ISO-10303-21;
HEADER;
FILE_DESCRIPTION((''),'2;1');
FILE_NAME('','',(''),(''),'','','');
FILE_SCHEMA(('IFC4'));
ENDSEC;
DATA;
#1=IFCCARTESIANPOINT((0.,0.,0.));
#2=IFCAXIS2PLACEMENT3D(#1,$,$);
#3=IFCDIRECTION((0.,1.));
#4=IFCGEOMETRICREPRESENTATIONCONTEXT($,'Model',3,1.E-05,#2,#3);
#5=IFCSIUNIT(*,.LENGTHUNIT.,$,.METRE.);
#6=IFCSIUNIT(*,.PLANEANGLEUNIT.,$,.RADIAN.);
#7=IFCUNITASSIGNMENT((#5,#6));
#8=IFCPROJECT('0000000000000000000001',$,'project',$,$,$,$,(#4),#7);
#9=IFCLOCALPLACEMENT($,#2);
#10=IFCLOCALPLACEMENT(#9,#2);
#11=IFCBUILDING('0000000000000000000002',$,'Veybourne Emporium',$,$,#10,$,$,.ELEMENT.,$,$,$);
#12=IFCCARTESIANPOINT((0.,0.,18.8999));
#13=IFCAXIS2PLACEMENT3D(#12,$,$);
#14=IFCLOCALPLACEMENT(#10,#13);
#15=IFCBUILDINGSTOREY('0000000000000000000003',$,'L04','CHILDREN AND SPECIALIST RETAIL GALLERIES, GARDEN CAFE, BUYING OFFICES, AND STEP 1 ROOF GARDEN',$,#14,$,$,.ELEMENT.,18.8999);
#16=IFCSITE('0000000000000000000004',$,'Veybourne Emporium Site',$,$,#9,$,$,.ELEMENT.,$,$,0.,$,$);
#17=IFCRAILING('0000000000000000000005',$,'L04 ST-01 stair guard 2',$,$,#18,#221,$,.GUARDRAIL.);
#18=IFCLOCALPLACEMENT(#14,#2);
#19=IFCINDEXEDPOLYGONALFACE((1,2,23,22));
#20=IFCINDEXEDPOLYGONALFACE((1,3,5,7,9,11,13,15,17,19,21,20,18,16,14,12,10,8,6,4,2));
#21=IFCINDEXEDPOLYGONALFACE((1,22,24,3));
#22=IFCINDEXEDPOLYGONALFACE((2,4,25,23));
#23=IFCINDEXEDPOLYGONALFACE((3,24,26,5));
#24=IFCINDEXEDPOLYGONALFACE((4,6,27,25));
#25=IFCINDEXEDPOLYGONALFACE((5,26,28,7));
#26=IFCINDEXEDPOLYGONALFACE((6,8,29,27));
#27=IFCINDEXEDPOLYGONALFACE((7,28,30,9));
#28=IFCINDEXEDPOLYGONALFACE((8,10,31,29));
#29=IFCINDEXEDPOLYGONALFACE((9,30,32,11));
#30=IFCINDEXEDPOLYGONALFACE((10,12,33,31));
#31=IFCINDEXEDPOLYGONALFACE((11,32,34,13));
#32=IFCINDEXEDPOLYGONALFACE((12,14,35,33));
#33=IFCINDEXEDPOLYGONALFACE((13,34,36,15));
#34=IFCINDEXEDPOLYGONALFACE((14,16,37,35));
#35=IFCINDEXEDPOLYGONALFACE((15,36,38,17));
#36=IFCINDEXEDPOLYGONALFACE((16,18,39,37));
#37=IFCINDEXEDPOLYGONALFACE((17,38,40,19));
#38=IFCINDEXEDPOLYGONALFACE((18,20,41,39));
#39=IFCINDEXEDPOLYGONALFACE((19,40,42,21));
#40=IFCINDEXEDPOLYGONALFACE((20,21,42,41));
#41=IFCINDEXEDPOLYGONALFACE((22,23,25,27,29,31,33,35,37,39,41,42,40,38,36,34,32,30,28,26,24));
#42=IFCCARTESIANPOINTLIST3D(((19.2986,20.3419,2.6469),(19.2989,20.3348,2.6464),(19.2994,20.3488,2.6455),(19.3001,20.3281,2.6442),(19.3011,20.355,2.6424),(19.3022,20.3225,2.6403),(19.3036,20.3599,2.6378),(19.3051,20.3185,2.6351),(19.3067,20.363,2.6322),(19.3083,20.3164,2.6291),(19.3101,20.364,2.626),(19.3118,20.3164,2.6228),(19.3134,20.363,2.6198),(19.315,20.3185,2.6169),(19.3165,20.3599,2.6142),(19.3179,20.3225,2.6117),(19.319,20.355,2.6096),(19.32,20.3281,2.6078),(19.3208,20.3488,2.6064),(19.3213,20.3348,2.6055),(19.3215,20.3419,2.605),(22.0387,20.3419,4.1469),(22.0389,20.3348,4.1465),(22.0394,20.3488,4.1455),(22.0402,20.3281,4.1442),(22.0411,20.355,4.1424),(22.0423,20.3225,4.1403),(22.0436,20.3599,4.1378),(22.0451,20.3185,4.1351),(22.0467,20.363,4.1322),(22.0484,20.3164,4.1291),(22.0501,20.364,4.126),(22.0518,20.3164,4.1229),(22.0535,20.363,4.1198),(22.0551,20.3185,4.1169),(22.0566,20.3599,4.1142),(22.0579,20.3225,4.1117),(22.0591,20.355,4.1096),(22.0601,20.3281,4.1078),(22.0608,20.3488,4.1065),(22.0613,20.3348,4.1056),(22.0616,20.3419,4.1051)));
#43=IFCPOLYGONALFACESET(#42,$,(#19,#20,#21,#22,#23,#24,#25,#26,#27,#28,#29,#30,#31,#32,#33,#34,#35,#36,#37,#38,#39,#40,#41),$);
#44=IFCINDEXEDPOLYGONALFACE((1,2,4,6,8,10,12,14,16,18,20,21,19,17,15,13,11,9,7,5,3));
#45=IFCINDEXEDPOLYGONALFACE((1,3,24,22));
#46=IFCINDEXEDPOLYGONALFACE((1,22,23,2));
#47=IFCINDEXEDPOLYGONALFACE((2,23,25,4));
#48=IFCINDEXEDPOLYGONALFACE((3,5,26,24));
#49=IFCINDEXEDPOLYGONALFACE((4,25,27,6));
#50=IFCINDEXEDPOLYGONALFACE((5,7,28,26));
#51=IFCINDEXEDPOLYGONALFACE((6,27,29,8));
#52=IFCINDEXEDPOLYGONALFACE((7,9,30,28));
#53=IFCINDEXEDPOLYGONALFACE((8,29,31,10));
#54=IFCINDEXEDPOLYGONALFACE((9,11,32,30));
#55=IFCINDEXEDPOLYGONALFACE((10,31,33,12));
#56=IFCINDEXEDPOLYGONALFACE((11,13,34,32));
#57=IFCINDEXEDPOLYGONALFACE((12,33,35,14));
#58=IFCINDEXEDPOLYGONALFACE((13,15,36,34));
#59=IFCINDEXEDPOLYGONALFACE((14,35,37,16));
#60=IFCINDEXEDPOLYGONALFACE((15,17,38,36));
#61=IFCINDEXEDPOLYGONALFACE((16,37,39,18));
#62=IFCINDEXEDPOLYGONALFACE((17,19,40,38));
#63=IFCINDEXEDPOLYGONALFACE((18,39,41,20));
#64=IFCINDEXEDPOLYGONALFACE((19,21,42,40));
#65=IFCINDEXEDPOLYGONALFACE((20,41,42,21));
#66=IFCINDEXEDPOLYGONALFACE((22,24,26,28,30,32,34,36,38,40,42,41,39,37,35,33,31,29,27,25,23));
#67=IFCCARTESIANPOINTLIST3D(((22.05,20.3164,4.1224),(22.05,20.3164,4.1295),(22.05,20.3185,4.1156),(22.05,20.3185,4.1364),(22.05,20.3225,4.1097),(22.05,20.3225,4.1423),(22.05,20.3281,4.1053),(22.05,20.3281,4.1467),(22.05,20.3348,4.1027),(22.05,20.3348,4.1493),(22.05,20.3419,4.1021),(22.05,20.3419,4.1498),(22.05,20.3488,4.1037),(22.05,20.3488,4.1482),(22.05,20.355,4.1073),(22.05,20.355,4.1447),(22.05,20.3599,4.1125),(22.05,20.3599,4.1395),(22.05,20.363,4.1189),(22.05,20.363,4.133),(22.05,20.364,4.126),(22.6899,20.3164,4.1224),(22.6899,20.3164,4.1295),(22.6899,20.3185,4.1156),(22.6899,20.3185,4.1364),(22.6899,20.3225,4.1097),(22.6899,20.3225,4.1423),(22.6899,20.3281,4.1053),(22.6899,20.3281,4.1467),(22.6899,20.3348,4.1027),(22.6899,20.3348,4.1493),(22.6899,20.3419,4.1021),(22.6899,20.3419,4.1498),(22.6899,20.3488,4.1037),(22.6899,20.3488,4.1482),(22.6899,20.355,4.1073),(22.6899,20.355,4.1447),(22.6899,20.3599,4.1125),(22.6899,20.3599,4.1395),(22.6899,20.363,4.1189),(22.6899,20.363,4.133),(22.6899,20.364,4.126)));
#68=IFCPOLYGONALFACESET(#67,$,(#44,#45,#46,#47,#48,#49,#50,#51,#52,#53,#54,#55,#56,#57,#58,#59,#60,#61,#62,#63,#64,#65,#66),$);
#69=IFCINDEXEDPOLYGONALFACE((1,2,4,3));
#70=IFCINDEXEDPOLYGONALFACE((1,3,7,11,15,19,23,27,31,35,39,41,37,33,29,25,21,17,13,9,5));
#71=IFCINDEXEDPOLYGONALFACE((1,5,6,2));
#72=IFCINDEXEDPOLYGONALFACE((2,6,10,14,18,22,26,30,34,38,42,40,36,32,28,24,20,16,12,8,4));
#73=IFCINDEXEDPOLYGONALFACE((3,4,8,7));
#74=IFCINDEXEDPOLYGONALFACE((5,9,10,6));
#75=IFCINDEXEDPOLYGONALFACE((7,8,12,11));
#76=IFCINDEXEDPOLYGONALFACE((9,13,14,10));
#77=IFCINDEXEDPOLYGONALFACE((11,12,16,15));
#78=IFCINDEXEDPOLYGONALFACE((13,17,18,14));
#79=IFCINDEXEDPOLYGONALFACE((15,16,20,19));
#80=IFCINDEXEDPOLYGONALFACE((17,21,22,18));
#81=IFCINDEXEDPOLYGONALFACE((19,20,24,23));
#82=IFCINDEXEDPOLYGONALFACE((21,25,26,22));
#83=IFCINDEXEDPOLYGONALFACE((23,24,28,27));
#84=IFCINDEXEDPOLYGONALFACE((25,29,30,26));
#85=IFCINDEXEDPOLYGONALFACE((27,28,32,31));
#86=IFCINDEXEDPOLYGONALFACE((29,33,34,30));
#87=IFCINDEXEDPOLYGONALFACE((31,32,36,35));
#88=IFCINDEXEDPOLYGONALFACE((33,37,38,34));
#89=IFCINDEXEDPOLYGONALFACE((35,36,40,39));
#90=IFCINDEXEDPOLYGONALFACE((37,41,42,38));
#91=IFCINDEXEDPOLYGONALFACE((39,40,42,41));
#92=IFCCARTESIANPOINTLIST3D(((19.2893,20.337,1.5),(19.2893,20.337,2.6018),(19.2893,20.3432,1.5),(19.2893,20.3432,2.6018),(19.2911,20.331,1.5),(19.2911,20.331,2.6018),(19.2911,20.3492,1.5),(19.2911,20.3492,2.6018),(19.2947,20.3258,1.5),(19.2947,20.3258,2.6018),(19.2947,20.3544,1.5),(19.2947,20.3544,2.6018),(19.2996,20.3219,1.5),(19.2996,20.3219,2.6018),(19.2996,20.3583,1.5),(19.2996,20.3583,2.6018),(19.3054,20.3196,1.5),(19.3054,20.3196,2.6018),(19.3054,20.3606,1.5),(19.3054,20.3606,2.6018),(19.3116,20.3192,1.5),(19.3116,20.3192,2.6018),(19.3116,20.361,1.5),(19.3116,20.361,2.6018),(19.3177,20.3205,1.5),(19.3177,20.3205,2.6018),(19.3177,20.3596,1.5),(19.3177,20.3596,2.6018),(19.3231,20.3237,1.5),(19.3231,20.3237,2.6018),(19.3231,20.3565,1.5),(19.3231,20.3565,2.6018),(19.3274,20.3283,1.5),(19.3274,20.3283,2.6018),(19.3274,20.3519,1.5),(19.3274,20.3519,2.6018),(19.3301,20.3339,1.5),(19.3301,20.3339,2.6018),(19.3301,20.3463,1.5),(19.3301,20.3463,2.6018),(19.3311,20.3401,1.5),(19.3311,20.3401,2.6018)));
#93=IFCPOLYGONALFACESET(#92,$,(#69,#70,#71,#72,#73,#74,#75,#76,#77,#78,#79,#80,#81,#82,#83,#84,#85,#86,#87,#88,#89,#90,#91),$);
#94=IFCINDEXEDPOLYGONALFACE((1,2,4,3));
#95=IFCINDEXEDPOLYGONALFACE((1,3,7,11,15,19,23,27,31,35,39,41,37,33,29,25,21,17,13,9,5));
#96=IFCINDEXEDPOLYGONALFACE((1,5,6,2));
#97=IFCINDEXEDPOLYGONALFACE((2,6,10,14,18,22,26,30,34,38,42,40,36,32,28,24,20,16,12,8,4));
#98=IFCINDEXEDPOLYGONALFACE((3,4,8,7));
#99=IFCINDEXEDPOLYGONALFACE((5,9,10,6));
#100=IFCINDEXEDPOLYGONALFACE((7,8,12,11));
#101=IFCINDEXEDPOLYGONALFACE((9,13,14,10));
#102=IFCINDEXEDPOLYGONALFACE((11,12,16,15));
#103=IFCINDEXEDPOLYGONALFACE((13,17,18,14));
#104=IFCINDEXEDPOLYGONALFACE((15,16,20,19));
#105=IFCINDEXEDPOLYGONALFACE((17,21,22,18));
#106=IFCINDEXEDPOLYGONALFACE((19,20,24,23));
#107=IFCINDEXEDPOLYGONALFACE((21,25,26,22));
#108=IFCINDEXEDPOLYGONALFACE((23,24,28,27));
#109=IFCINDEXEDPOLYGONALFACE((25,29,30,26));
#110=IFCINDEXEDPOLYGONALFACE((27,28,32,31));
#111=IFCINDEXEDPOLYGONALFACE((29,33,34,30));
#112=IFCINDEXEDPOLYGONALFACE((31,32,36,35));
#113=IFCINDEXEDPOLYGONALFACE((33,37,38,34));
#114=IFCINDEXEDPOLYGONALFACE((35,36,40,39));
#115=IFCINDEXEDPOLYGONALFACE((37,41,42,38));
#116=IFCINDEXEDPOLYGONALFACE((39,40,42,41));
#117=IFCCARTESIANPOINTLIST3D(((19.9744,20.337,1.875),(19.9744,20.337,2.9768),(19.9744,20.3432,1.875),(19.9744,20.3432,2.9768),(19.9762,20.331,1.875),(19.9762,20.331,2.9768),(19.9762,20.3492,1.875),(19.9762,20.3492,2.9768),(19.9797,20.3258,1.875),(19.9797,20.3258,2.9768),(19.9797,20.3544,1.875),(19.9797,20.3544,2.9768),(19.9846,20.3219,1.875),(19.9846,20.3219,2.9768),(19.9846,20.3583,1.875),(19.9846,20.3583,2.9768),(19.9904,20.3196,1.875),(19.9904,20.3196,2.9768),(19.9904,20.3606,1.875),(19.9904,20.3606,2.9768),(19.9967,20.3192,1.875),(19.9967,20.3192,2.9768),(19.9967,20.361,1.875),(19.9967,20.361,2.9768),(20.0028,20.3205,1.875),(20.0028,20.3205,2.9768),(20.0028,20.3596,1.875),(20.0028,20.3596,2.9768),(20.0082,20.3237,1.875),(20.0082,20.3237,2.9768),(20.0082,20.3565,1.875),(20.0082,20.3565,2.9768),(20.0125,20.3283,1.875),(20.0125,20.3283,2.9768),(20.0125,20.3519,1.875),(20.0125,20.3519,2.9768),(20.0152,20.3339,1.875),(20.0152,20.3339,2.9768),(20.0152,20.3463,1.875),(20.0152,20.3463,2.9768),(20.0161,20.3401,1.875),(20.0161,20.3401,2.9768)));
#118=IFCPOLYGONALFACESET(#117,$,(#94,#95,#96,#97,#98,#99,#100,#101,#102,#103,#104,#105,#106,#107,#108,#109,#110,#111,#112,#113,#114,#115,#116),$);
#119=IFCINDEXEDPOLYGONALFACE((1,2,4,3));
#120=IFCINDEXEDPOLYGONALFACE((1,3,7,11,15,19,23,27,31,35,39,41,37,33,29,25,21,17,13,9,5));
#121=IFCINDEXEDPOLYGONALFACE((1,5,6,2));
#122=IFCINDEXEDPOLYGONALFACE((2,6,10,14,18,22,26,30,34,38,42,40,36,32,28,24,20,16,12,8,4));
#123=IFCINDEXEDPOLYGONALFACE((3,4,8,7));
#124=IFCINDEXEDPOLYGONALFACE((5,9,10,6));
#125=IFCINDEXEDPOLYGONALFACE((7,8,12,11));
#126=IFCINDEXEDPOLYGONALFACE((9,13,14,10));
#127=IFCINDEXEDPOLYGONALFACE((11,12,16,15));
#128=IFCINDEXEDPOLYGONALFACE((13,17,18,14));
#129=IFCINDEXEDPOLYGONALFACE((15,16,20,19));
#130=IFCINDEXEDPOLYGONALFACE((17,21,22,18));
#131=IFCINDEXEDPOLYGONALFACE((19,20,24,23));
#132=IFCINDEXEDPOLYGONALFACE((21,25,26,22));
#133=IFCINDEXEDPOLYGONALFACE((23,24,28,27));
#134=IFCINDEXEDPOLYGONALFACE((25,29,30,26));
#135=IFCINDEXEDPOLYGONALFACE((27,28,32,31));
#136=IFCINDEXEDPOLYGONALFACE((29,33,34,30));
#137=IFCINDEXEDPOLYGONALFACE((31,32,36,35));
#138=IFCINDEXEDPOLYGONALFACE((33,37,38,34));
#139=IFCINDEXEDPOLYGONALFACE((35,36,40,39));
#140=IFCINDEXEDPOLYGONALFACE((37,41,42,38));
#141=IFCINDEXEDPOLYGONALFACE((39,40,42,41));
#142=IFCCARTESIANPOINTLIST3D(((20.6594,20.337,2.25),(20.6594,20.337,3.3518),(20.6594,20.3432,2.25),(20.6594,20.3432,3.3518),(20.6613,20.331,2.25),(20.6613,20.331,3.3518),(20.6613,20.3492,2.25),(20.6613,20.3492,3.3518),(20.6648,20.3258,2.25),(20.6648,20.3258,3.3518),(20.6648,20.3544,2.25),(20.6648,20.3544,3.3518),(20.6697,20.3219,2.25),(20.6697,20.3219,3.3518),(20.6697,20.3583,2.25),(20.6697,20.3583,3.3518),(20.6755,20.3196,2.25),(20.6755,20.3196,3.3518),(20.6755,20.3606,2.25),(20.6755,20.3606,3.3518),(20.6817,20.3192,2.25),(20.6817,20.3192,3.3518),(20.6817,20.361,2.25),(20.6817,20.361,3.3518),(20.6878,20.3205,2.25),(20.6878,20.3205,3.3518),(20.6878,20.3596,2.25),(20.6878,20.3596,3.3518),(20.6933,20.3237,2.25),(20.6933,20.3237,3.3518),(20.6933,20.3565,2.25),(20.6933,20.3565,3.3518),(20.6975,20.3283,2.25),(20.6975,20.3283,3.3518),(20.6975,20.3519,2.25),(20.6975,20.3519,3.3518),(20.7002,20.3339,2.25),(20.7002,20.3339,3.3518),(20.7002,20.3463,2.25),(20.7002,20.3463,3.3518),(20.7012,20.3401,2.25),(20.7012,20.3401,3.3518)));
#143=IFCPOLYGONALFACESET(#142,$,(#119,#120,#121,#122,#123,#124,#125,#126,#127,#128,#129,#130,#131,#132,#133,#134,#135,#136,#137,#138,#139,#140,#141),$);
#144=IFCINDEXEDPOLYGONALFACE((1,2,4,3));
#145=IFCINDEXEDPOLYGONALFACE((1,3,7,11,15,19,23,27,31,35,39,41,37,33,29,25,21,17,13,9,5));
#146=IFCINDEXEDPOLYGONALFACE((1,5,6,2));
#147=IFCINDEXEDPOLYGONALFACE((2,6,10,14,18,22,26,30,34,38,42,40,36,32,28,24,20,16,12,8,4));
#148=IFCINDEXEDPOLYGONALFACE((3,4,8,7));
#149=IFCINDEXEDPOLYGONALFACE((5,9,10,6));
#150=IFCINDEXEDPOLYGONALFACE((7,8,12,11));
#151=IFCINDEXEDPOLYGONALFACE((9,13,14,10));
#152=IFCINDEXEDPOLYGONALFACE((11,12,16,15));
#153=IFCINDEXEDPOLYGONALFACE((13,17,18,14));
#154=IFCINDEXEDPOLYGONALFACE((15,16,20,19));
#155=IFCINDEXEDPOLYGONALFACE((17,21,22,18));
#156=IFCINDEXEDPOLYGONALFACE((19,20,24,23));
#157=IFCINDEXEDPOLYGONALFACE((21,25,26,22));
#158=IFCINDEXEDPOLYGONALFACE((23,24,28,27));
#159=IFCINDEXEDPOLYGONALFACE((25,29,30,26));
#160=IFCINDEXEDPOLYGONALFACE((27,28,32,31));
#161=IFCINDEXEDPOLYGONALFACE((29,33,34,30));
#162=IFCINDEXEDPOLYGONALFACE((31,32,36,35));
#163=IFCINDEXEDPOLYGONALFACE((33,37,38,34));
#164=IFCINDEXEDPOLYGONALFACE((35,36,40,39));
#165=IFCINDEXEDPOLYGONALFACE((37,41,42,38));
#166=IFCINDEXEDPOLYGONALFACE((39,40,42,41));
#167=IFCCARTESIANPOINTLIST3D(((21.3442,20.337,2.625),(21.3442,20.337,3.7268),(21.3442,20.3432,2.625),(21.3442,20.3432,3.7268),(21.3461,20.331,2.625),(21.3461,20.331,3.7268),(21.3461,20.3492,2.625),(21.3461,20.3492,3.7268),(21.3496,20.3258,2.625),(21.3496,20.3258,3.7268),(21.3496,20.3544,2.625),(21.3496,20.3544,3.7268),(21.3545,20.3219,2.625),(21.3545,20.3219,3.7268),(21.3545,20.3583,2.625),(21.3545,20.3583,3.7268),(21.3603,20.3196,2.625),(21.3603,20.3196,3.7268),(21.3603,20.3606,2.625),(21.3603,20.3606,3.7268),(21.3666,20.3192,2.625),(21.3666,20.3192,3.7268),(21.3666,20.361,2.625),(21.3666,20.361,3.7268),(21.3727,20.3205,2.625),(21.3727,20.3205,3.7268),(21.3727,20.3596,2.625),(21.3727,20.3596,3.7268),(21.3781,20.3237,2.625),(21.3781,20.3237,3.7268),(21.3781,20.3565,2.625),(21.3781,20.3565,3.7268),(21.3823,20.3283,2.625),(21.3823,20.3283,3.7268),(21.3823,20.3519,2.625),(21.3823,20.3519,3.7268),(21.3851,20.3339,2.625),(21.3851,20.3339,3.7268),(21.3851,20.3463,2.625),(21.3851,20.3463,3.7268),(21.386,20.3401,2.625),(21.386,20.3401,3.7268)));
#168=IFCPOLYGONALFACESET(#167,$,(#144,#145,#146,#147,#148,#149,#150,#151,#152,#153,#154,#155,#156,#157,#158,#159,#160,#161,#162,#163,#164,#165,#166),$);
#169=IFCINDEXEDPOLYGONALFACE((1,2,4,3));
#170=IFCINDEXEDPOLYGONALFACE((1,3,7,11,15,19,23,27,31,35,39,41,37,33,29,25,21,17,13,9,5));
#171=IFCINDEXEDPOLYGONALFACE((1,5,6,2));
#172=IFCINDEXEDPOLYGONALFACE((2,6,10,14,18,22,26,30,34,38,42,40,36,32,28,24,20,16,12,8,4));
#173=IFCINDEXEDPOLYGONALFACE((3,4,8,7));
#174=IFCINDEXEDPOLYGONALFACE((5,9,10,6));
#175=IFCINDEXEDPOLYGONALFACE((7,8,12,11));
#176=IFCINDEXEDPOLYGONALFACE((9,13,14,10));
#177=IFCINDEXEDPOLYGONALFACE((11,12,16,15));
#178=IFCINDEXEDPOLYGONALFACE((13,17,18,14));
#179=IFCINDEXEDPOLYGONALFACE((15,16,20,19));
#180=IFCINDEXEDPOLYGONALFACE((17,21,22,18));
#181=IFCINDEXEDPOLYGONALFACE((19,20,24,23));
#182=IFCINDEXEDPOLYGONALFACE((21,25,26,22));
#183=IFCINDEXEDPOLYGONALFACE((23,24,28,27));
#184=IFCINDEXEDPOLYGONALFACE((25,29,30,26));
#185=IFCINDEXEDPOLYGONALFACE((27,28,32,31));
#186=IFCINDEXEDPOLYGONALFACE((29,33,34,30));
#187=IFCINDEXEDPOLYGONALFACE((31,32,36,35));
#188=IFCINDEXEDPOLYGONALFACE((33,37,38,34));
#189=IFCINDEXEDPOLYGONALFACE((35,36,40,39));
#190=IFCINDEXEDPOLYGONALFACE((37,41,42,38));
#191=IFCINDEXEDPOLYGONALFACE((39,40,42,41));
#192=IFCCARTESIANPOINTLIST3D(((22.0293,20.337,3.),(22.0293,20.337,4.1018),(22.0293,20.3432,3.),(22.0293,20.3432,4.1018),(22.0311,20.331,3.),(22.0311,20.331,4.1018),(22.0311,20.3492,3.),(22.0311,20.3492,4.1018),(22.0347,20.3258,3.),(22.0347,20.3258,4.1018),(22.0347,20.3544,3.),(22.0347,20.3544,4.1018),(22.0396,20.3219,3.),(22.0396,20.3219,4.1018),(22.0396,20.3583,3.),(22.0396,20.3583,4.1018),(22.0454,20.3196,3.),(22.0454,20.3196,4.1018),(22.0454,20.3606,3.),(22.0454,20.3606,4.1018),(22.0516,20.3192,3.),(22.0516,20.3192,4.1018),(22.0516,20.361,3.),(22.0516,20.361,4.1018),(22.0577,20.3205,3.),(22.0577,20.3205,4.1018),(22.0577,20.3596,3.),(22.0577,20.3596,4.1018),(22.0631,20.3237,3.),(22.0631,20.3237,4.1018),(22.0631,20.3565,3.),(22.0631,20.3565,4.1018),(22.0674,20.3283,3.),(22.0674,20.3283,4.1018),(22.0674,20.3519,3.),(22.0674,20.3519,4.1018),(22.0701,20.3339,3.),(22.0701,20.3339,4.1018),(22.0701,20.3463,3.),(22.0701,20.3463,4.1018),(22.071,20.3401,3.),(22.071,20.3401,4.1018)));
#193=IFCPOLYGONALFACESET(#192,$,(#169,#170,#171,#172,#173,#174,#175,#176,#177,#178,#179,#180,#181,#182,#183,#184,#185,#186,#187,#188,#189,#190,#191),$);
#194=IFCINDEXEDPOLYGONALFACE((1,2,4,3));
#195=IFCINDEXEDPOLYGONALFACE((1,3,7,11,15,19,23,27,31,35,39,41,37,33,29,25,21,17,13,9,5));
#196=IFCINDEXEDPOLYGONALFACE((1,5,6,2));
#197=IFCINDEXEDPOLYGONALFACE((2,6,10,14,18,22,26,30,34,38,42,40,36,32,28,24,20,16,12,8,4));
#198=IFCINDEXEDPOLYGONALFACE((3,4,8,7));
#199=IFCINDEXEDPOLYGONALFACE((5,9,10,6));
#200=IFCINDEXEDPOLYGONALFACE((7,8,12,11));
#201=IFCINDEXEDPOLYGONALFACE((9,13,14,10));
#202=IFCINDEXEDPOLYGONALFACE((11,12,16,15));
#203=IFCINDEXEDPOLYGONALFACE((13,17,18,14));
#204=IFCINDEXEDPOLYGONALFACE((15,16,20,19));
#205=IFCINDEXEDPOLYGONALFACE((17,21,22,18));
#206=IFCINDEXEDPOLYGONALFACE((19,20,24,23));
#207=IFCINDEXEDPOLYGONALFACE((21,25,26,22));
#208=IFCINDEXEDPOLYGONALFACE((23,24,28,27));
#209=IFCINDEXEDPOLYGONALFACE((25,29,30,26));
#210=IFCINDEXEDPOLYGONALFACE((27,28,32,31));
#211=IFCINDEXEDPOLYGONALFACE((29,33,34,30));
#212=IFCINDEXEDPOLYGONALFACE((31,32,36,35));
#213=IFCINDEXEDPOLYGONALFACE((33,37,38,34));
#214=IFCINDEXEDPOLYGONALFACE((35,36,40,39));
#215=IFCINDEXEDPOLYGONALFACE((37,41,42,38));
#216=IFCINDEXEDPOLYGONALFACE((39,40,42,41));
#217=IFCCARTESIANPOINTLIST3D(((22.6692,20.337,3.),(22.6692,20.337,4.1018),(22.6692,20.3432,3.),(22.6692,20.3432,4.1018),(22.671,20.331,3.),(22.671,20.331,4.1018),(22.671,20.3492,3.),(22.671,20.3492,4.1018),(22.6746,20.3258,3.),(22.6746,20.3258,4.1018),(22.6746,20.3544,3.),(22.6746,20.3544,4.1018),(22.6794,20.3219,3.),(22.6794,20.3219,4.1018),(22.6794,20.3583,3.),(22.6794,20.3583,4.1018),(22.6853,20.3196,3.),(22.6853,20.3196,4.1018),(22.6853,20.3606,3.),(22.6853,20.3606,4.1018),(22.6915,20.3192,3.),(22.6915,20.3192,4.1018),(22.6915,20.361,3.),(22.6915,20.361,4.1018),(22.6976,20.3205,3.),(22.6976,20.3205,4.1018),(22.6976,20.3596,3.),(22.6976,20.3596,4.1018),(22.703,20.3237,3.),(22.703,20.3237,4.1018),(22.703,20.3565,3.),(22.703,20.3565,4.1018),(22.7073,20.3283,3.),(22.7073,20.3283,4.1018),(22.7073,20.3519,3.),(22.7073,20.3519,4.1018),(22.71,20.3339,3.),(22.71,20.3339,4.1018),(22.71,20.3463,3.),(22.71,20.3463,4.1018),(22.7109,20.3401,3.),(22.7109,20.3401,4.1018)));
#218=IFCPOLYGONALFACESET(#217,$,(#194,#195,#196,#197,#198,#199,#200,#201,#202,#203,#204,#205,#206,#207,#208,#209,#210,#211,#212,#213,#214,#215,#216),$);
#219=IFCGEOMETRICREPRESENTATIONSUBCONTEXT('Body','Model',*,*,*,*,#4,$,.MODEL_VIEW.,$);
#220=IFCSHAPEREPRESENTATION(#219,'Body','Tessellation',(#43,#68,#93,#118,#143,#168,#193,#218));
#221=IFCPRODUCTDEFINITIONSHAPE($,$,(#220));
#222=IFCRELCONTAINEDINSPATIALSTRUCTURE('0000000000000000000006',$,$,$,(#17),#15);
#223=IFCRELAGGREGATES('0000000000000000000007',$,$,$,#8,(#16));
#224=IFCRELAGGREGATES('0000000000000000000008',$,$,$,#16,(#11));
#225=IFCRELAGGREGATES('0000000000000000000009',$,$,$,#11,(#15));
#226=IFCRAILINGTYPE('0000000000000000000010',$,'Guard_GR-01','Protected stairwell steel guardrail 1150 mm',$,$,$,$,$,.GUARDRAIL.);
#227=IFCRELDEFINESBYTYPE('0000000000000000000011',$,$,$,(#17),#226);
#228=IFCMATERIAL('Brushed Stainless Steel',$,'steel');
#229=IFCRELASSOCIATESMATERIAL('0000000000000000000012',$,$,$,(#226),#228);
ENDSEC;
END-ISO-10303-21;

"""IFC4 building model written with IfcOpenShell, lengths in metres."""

from ifc_helpers import new_model, si_unit, direction, frame, origin, origin_2d, place, context, subcontext, project, spatial, circle, extrude, material, type_object, element, save


model = new_model("IFC4")

# Units and contexts
model_context = context("Model", 3, precision=1e-05, world=origin(), true_north=direction((0.0, 1.0)))
body_context = subcontext(model_context, "Body", "Model", "MODEL_VIEW")
ifc_project = project(units=[si_unit("LENGTHUNIT", "METRE"), si_unit("PLANEANGLEUNIT", "RADIAN")], contexts=[model_context])

# Site, building, storey
site_placement = place(None, origin())
site = spatial("IfcSite", under=ifc_project, at=site_placement, Name="Veybourne Emporium Site", CompositionType="ELEMENT", RefElevation=0.0)
building_placement = place(site_placement, origin())
building = spatial("IfcBuilding", under=site, at=building_placement, Name="Veybourne Emporium", CompositionType="ELEMENT")
storey_placement = place(building_placement, frame((0.0, 0.0, 18.8999)))
storey = spatial("IfcBuildingStorey", under=building, at=storey_placement, Name="L04", Description="CHILDREN AND SPECIALIST RETAIL GALLERIES, GARDEN CAFE, BUYING OFFICES, AND STEP 1 ROOF GARDEN", CompositionType="ELEMENT", Elevation=18.8999)

# Railing
ifc_material_1 = material(Name="Brushed Stainless Steel", Category="steel")
railing_type_1 = type_object("IfcRailingType", Name="Guard_GR-01", Description="Protected stairwell steel guardrail 1150 mm", PredefinedType="GUARDRAIL", material=ifc_material_1)
railing_1_placement = place(storey_placement, frame((19.3101, 20.3401, 1.5)))
element("IfcRailing", 1, at=railing_1_placement, inside=storey, type_object=railing_type_1, Name="L04 ST-01 stair guard 2", PredefinedType="GUARDRAIL", context=body_context, shape_type="SweptSolid", body=[
    extrude(circle(Radius=0.0239, at=origin_2d()), frame((0.0, 0.0, 1.126), z_axis=(0.87716, 0.0, 0.480199), x_axis=(0.0, 1.0, 0.0)), (0.0, 0.0, 1.0), 3.1238),
    extrude(circle(Radius=0.0239, at=origin_2d()), frame((2.74, 0.0, 2.626), z_axis=(1.0, 0.0, 0.0), x_axis=(0.0, 1.0, 0.0)), (0.0, 0.0, 1.0), 0.6399),
    extrude(circle(Radius=0.021, at=origin_2d()), origin(), (0.0, 0.0, 1.0), 1.1018),
    extrude(circle(Radius=0.021, at=origin_2d()), frame((0.6851, 0.0, 0.375)), (0.0, 0.0, 1.0), 1.1018),
    extrude(circle(Radius=0.021, at=origin_2d()), frame((1.3701, 0.0, 0.75)), (0.0, 0.0, 1.0), 1.1018),
    extrude(circle(Radius=0.021, at=origin_2d()), frame((2.0549, 0.0, 1.125)), (0.0, 0.0, 1.0), 1.1018),
    extrude(circle(Radius=0.021, at=origin_2d()), frame((2.74, 0.0, 1.5)), (0.0, 0.0, 1.0), 1.1018),
    extrude(circle(Radius=0.021, at=origin_2d()), frame((3.3799, 0.0, 1.5)), (0.0, 0.0, 1.0), 1.1018),
])

save(model, "model.ifc")
